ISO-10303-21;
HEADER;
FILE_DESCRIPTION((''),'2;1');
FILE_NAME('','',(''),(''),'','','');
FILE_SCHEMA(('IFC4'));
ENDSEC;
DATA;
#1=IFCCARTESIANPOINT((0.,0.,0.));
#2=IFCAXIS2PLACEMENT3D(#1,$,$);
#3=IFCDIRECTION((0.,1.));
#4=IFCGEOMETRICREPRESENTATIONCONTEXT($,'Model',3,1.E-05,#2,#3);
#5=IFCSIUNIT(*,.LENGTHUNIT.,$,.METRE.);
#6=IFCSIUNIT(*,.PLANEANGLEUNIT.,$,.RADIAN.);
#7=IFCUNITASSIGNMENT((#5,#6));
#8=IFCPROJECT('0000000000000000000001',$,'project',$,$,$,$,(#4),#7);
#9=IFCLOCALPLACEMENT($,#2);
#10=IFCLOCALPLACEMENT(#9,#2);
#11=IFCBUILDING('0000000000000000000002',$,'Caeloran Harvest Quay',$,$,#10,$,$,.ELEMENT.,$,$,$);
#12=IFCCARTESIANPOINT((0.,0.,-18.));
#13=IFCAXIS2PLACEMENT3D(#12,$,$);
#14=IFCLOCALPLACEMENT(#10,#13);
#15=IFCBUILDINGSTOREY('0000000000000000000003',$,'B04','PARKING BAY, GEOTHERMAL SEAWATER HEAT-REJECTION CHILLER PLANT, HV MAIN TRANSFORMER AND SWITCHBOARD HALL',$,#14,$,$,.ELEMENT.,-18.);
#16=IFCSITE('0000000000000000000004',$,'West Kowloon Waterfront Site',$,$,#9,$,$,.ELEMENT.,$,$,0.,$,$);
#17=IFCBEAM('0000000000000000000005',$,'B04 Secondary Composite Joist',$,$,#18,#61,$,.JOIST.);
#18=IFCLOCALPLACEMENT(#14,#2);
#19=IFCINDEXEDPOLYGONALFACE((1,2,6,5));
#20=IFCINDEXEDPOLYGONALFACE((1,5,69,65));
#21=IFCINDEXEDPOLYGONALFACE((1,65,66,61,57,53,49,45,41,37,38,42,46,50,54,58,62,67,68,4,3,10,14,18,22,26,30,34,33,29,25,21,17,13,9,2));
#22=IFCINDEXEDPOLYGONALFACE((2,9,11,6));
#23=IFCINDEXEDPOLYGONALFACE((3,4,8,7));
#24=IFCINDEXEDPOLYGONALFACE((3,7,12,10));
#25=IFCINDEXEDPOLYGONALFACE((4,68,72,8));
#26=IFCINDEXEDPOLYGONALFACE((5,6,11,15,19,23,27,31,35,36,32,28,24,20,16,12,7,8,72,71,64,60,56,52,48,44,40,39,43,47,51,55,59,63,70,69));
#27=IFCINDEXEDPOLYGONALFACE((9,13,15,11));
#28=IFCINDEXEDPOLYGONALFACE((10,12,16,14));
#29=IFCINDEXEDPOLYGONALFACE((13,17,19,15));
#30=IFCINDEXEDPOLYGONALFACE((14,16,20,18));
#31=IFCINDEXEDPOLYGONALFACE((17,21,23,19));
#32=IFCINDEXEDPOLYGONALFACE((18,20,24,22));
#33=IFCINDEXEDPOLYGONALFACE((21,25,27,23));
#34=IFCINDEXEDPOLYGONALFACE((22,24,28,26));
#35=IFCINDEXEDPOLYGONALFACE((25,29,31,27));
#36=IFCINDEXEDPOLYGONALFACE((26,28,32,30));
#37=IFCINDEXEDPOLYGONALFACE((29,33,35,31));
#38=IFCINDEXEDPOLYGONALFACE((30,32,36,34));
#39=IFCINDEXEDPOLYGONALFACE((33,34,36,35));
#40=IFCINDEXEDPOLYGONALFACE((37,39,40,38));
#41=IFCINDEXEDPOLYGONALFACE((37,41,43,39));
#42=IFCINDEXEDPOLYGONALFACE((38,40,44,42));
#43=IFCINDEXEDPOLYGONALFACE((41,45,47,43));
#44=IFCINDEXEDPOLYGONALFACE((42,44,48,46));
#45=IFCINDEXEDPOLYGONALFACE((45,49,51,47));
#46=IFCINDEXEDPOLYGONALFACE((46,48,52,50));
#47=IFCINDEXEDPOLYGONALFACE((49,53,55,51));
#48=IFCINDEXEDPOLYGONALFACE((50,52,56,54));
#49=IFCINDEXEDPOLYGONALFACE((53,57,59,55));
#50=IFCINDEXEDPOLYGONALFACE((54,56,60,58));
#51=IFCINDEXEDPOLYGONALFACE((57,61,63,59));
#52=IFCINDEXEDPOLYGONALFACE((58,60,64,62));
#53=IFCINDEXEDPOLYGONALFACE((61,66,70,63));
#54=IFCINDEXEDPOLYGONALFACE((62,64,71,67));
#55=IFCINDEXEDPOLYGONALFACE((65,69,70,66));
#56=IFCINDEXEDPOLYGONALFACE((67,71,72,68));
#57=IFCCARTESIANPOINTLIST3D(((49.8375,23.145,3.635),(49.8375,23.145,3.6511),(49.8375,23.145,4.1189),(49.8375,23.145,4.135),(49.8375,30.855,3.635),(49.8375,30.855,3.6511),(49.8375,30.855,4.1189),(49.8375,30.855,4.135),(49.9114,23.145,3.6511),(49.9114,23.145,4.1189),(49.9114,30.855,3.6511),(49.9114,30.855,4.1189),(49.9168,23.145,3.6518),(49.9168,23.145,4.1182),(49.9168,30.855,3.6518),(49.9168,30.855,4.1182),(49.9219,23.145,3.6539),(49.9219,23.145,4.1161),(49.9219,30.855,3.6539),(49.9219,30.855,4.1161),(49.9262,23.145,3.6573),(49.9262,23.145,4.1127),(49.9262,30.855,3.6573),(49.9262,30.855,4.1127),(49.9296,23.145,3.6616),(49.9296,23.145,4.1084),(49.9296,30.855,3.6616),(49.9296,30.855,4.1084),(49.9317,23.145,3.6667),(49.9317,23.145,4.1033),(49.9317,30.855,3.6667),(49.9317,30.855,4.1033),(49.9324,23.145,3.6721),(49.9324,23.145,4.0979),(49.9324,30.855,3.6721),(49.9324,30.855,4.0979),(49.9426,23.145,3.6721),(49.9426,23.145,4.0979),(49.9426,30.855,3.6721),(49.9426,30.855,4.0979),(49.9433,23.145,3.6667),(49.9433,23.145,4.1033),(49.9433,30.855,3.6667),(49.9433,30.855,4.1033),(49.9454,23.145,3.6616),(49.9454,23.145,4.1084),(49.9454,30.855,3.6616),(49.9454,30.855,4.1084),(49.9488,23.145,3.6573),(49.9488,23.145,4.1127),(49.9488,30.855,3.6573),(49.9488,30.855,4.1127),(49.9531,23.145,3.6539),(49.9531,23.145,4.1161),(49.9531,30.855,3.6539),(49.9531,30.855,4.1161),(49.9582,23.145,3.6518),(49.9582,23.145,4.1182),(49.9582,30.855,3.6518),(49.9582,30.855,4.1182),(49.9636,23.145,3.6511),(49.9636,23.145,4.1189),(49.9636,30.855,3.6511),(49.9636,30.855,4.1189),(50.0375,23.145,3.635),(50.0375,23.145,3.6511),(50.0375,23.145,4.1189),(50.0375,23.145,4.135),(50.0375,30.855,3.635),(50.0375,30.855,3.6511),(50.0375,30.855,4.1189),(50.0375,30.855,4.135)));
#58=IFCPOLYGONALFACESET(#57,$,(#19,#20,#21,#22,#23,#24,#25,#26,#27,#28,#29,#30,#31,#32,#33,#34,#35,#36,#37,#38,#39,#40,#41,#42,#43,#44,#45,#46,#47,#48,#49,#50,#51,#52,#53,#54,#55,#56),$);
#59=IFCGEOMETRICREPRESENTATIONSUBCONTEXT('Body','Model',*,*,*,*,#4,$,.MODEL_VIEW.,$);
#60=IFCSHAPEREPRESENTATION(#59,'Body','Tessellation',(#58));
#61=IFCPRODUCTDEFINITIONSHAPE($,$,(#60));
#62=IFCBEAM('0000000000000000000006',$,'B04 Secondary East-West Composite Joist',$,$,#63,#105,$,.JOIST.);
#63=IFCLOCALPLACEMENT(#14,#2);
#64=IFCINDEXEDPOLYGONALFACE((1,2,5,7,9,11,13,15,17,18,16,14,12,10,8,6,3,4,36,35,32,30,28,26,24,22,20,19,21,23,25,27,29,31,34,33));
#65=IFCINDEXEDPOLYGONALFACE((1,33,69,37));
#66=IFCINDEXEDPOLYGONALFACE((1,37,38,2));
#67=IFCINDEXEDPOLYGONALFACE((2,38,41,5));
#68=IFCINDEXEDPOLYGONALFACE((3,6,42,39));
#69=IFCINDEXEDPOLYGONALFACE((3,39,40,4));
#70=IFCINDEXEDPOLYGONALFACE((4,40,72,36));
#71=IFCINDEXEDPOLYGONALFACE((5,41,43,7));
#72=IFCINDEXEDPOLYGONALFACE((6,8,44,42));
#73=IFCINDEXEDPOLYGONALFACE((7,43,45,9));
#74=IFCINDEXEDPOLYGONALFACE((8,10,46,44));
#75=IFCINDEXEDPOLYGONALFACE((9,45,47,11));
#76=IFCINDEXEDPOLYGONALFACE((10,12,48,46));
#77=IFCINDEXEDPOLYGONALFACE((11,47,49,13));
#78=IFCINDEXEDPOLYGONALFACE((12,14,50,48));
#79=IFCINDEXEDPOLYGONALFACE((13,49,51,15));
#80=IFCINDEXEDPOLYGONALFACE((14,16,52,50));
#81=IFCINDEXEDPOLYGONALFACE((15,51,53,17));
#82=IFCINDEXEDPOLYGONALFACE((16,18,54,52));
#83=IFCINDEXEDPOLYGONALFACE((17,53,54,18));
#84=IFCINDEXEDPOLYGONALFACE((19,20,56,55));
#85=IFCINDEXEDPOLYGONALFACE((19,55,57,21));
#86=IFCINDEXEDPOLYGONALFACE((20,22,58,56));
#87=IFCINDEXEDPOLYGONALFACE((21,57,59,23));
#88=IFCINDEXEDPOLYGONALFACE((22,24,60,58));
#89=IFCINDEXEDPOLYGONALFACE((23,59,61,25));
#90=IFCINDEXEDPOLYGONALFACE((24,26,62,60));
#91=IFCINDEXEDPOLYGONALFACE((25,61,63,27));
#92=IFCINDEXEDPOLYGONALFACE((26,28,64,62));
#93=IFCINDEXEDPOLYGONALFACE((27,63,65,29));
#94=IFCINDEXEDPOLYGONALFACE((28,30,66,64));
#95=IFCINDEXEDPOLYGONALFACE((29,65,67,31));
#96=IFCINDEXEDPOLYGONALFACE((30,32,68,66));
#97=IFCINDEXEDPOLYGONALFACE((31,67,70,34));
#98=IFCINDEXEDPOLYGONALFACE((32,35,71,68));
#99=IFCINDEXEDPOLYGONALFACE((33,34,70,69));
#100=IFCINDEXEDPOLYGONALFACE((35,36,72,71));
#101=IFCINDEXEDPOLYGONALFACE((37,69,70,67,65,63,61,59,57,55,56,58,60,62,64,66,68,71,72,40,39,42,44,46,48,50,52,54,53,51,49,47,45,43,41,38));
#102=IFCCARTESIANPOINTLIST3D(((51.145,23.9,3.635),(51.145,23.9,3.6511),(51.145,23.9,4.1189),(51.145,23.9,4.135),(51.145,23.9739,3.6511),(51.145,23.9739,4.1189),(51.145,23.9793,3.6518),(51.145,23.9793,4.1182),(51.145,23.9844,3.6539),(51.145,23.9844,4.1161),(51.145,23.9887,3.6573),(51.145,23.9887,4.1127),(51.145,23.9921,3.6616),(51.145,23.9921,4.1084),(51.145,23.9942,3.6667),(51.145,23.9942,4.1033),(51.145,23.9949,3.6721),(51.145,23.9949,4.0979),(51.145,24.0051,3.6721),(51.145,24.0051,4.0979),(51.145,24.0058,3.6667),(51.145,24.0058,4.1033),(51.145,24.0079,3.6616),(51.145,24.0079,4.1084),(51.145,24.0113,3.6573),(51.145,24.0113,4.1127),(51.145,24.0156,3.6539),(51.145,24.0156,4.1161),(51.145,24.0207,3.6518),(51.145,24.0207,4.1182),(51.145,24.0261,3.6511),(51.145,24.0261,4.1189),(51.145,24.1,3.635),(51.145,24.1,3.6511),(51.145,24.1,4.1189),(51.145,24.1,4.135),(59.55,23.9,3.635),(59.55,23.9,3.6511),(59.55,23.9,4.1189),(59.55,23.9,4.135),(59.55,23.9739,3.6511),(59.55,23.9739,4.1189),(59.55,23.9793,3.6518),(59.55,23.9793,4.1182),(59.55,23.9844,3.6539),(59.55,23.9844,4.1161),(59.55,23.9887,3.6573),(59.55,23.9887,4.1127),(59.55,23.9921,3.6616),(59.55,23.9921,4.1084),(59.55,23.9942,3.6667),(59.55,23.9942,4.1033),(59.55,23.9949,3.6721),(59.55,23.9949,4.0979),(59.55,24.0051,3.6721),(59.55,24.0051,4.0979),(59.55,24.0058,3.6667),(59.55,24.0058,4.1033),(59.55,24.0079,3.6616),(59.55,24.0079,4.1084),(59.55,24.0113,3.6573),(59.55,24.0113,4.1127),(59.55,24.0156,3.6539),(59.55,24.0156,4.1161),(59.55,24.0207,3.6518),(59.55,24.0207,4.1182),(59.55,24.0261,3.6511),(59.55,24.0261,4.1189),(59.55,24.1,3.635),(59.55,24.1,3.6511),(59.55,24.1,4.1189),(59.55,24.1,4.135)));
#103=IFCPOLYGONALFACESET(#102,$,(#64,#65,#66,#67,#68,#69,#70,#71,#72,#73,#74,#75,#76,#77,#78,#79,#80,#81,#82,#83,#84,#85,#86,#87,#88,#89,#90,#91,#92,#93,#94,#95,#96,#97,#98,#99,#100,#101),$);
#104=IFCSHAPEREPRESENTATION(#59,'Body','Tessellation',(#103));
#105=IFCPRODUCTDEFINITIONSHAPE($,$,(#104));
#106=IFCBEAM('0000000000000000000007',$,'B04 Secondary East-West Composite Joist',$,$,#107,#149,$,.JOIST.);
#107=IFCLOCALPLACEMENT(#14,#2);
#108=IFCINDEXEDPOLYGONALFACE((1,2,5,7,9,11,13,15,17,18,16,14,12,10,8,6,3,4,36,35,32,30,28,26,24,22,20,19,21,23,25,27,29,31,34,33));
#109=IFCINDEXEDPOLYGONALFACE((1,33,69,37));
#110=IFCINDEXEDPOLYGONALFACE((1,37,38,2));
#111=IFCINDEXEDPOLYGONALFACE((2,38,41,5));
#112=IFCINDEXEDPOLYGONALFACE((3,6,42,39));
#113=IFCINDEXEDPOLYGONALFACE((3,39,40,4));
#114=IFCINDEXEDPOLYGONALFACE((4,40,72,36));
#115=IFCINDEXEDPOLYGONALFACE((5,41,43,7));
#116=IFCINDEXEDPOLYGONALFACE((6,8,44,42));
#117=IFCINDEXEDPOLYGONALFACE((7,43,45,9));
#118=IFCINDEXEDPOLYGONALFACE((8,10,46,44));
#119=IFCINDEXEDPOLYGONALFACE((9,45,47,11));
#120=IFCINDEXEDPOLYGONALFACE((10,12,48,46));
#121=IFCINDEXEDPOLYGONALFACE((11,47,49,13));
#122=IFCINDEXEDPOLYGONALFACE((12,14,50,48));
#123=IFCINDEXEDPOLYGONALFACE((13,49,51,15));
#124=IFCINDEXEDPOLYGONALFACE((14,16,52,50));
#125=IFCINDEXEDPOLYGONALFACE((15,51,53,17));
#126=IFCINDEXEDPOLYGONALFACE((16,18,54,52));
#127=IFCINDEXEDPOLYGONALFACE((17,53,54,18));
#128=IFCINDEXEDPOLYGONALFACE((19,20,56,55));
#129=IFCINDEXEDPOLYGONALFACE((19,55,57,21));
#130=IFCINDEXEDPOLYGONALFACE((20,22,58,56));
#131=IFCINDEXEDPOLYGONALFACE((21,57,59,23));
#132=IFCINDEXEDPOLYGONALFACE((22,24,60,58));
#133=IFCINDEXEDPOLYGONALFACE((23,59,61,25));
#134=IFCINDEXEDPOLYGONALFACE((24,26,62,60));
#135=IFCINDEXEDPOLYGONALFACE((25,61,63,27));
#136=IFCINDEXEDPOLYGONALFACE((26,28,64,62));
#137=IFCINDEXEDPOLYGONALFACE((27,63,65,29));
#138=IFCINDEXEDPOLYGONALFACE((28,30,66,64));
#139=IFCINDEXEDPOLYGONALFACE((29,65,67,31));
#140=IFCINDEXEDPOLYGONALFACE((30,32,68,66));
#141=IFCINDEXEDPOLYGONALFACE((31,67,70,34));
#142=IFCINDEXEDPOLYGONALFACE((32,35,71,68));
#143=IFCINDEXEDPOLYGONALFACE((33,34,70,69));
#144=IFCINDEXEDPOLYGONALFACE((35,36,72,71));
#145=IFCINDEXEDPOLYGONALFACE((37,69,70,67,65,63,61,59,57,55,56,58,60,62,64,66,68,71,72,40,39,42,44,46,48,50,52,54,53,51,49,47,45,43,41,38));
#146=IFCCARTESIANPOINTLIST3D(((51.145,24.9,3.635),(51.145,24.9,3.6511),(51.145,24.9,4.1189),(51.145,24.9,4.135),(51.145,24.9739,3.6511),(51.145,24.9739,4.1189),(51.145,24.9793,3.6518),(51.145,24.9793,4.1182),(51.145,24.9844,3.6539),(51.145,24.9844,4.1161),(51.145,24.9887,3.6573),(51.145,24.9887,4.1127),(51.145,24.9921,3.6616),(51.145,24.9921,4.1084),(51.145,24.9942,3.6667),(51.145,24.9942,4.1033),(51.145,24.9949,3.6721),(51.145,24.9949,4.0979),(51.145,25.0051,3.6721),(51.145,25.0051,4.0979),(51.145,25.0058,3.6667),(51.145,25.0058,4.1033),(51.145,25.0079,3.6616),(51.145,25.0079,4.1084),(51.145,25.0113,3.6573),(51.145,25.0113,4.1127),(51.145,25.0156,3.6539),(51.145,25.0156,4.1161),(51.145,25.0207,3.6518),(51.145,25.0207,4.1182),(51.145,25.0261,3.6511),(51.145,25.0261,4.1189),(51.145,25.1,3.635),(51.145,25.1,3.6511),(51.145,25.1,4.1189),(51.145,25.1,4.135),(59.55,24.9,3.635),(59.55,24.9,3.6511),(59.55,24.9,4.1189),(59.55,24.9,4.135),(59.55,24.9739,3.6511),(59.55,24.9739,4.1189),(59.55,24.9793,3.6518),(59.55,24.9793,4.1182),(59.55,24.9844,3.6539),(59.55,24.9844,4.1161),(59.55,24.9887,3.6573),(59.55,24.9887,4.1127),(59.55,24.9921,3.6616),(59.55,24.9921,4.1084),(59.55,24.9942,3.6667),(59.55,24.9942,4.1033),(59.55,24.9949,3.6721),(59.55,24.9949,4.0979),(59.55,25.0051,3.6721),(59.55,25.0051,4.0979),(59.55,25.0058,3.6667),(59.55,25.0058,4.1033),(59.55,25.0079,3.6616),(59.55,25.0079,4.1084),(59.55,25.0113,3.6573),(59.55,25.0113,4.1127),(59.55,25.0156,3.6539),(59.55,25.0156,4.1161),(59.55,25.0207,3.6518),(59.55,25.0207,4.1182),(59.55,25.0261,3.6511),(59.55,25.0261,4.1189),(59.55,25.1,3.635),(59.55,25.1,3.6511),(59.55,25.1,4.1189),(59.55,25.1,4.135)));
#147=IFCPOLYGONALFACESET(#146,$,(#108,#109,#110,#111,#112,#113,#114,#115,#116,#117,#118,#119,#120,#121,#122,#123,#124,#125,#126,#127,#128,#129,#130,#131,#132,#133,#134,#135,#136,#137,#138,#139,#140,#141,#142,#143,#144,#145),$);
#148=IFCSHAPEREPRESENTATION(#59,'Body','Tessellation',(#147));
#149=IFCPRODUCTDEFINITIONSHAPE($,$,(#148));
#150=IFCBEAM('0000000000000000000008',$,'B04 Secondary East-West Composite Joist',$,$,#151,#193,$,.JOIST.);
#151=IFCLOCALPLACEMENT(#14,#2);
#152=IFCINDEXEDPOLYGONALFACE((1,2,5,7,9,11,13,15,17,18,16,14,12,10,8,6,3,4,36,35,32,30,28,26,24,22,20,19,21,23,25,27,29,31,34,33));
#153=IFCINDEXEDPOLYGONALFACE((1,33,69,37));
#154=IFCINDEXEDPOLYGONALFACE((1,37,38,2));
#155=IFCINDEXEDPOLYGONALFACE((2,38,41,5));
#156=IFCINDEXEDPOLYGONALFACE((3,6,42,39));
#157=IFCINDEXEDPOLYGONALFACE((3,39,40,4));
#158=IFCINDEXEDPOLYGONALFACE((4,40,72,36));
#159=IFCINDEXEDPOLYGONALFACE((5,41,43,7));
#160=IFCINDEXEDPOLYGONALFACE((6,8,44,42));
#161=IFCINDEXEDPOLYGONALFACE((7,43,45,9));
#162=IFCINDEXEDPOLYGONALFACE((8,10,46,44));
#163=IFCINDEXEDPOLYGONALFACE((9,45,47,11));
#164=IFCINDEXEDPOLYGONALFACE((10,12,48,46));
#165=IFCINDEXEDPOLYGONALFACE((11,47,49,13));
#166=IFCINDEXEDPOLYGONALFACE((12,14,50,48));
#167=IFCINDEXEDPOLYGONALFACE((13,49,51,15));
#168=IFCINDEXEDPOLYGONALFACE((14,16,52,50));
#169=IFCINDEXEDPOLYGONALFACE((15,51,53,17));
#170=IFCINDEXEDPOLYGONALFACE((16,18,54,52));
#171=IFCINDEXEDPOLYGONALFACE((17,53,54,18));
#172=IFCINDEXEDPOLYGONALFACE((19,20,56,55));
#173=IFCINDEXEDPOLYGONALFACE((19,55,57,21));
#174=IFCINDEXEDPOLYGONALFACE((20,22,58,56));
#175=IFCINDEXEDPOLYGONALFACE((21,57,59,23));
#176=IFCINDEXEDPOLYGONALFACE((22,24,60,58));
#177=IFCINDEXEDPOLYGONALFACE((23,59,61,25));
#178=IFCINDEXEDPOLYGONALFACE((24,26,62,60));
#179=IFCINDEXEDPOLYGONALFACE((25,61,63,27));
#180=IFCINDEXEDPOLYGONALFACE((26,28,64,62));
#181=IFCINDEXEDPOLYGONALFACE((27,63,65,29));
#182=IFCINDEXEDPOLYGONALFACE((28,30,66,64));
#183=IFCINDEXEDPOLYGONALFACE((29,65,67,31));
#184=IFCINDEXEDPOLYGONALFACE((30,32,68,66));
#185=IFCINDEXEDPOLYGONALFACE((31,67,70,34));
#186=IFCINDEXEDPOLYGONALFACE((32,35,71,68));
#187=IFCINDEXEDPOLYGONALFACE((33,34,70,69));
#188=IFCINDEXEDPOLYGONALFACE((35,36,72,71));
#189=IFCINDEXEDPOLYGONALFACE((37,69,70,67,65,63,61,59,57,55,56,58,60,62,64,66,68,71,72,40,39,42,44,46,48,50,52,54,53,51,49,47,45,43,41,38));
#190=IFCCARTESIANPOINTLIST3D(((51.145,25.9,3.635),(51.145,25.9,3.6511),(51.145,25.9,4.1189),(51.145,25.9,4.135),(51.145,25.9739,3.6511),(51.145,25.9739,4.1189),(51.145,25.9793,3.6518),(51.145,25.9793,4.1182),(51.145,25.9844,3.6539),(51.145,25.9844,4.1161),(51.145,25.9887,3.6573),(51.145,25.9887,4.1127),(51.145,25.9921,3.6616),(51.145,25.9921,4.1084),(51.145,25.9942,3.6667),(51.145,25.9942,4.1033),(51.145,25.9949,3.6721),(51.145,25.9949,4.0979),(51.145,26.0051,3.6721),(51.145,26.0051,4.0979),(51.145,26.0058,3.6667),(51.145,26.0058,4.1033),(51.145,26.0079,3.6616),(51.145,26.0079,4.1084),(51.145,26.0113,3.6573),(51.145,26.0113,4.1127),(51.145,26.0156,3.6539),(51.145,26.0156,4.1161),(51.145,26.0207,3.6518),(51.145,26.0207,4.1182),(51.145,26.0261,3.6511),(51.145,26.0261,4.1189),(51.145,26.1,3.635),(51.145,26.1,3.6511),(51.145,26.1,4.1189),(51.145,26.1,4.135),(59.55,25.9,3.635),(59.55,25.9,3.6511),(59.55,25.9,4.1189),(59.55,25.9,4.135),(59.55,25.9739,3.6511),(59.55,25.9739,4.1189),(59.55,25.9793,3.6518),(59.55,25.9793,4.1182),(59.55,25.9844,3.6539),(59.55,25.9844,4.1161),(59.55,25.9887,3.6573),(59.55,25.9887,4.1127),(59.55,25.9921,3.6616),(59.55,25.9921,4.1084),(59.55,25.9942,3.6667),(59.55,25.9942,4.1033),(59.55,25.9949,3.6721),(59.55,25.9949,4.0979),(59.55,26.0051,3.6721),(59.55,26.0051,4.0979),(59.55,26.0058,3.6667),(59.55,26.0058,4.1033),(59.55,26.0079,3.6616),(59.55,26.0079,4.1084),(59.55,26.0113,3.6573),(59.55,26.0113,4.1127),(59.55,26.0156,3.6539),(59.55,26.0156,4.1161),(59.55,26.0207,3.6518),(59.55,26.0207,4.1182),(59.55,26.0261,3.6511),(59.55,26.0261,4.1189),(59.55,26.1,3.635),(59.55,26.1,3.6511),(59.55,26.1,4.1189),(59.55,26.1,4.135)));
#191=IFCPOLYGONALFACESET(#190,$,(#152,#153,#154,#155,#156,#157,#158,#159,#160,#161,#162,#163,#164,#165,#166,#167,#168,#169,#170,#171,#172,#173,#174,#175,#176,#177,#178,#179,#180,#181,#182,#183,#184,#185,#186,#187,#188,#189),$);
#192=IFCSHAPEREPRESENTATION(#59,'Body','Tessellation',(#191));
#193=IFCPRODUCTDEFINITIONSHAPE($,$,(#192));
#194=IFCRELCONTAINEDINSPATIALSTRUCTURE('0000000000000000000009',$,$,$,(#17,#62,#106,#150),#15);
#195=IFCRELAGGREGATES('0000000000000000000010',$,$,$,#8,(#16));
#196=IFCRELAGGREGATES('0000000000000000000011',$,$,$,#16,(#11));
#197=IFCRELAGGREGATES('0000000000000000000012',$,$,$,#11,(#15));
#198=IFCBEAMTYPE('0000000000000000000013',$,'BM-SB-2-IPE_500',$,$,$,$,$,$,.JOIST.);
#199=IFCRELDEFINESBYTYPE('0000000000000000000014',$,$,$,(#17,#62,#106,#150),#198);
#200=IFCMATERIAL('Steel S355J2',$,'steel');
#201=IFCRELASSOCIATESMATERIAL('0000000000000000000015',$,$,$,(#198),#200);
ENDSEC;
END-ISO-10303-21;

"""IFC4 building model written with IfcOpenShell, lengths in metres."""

from ifc_helpers import new_model, si_unit, direction, frame, origin, origin_2d, place, context, subcontext, project, spatial, i_section, extrude, material, material_profile, profile_set, type_object, element, save


model = new_model("IFC4")

# Units and contexts
model_context = context("Model", 3, precision=1e-05, world=origin(), true_north=direction((0.0, 1.0)))
body_context = subcontext(model_context, "Body", "Model", "MODEL_VIEW")
ifc_project = project(units=[si_unit("LENGTHUNIT", "METRE"), si_unit("PLANEANGLEUNIT", "RADIAN")], contexts=[model_context])

# Site, building, storey
site_placement = place(None, origin())
site = spatial("IfcSite", under=ifc_project, at=site_placement, Name="West Kowloon Waterfront Site", CompositionType="ELEMENT", RefElevation=0.0)
building_placement = place(site_placement, origin())
building = spatial("IfcBuilding", under=site, at=building_placement, Name="Caeloran Harvest Quay", CompositionType="ELEMENT")
storey_placement = place(building_placement, frame((0.0, 0.0, -18.0)))
storey = spatial("IfcBuildingStorey", under=building, at=storey_placement, Name="B04", Description="PARKING BAY, GEOTHERMAL SEAWATER HEAT-REJECTION CHILLER PLANT, HV MAIN TRANSFORMER AND SWITCHBOARD HALL", CompositionType="ELEMENT", Elevation=-18.0)

# Beams
ifc_material_1 = material(Name="Steel S355J2", Category="steel")
ifc_material_profile_1 = material_profile(ifc_material_1, i_section(OverallWidth=0.2, OverallDepth=0.5, WebThickness=0.0103, FlangeThickness=0.0161, FilletRadius=0.021, at=origin_2d()), Name="IPE 500")
ifc_profile_set_1 = profile_set([ifc_material_profile_1], Name="Steel S355J2")
beam_type_1 = type_object("IfcBeamType", Name="BM-SB-2-IPE_500", PredefinedType="JOIST", material=ifc_profile_set_1)
for number, where, z_axis, x_axis, name in (
    (1, (49.9375, 23.145, 3.885), (0.0, 1.0, 0.0), (-1.0, 0.0, 0.0), "B04 Secondary Composite Joist"),
):
    element("IfcBeam", number, at=place(storey_placement, frame(where, z_axis=z_axis, x_axis=x_axis)), inside=storey, type_object=beam_type_1, Name=name, PredefinedType="JOIST", context=body_context, shape_type="SweptSolid", body=[
        extrude(i_section(OverallWidth=0.2, OverallDepth=0.5, WebThickness=0.0103, FlangeThickness=0.0161, FilletRadius=0.021, at=origin_2d()), origin(), (0.0, 0.0, 1.0), 7.71),
    ])
for number, where, z_axis, x_axis, name in (
    (2, (51.145, 24.0, 3.885), (1.0, 0.0, 0.0), (0.0, 1.0, 0.0), "B04 Secondary East-West Composite Joist"),
    (3, (51.145, 25.0, 3.885), (1.0, 0.0, 0.0), (0.0, 1.0, 0.0), "B04 Secondary East-West Composite Joist"),
    (4, (51.145, 26.0, 3.885), (1.0, 0.0, 0.0), (0.0, 1.0, 0.0), "B04 Secondary East-West Composite Joist"),
):
    element("IfcBeam", number, at=place(storey_placement, frame(where, z_axis=z_axis, x_axis=x_axis)), inside=storey, type_object=beam_type_1, Name=name, PredefinedType="JOIST", context=body_context, shape_type="SweptSolid", body=[
        extrude(i_section(OverallWidth=0.2, OverallDepth=0.5, WebThickness=0.0103, FlangeThickness=0.0161, FilletRadius=0.021, at=origin_2d()), origin(), (0.0, 0.0, 1.0), 8.405),
    ])

save(model, "model.ifc")
